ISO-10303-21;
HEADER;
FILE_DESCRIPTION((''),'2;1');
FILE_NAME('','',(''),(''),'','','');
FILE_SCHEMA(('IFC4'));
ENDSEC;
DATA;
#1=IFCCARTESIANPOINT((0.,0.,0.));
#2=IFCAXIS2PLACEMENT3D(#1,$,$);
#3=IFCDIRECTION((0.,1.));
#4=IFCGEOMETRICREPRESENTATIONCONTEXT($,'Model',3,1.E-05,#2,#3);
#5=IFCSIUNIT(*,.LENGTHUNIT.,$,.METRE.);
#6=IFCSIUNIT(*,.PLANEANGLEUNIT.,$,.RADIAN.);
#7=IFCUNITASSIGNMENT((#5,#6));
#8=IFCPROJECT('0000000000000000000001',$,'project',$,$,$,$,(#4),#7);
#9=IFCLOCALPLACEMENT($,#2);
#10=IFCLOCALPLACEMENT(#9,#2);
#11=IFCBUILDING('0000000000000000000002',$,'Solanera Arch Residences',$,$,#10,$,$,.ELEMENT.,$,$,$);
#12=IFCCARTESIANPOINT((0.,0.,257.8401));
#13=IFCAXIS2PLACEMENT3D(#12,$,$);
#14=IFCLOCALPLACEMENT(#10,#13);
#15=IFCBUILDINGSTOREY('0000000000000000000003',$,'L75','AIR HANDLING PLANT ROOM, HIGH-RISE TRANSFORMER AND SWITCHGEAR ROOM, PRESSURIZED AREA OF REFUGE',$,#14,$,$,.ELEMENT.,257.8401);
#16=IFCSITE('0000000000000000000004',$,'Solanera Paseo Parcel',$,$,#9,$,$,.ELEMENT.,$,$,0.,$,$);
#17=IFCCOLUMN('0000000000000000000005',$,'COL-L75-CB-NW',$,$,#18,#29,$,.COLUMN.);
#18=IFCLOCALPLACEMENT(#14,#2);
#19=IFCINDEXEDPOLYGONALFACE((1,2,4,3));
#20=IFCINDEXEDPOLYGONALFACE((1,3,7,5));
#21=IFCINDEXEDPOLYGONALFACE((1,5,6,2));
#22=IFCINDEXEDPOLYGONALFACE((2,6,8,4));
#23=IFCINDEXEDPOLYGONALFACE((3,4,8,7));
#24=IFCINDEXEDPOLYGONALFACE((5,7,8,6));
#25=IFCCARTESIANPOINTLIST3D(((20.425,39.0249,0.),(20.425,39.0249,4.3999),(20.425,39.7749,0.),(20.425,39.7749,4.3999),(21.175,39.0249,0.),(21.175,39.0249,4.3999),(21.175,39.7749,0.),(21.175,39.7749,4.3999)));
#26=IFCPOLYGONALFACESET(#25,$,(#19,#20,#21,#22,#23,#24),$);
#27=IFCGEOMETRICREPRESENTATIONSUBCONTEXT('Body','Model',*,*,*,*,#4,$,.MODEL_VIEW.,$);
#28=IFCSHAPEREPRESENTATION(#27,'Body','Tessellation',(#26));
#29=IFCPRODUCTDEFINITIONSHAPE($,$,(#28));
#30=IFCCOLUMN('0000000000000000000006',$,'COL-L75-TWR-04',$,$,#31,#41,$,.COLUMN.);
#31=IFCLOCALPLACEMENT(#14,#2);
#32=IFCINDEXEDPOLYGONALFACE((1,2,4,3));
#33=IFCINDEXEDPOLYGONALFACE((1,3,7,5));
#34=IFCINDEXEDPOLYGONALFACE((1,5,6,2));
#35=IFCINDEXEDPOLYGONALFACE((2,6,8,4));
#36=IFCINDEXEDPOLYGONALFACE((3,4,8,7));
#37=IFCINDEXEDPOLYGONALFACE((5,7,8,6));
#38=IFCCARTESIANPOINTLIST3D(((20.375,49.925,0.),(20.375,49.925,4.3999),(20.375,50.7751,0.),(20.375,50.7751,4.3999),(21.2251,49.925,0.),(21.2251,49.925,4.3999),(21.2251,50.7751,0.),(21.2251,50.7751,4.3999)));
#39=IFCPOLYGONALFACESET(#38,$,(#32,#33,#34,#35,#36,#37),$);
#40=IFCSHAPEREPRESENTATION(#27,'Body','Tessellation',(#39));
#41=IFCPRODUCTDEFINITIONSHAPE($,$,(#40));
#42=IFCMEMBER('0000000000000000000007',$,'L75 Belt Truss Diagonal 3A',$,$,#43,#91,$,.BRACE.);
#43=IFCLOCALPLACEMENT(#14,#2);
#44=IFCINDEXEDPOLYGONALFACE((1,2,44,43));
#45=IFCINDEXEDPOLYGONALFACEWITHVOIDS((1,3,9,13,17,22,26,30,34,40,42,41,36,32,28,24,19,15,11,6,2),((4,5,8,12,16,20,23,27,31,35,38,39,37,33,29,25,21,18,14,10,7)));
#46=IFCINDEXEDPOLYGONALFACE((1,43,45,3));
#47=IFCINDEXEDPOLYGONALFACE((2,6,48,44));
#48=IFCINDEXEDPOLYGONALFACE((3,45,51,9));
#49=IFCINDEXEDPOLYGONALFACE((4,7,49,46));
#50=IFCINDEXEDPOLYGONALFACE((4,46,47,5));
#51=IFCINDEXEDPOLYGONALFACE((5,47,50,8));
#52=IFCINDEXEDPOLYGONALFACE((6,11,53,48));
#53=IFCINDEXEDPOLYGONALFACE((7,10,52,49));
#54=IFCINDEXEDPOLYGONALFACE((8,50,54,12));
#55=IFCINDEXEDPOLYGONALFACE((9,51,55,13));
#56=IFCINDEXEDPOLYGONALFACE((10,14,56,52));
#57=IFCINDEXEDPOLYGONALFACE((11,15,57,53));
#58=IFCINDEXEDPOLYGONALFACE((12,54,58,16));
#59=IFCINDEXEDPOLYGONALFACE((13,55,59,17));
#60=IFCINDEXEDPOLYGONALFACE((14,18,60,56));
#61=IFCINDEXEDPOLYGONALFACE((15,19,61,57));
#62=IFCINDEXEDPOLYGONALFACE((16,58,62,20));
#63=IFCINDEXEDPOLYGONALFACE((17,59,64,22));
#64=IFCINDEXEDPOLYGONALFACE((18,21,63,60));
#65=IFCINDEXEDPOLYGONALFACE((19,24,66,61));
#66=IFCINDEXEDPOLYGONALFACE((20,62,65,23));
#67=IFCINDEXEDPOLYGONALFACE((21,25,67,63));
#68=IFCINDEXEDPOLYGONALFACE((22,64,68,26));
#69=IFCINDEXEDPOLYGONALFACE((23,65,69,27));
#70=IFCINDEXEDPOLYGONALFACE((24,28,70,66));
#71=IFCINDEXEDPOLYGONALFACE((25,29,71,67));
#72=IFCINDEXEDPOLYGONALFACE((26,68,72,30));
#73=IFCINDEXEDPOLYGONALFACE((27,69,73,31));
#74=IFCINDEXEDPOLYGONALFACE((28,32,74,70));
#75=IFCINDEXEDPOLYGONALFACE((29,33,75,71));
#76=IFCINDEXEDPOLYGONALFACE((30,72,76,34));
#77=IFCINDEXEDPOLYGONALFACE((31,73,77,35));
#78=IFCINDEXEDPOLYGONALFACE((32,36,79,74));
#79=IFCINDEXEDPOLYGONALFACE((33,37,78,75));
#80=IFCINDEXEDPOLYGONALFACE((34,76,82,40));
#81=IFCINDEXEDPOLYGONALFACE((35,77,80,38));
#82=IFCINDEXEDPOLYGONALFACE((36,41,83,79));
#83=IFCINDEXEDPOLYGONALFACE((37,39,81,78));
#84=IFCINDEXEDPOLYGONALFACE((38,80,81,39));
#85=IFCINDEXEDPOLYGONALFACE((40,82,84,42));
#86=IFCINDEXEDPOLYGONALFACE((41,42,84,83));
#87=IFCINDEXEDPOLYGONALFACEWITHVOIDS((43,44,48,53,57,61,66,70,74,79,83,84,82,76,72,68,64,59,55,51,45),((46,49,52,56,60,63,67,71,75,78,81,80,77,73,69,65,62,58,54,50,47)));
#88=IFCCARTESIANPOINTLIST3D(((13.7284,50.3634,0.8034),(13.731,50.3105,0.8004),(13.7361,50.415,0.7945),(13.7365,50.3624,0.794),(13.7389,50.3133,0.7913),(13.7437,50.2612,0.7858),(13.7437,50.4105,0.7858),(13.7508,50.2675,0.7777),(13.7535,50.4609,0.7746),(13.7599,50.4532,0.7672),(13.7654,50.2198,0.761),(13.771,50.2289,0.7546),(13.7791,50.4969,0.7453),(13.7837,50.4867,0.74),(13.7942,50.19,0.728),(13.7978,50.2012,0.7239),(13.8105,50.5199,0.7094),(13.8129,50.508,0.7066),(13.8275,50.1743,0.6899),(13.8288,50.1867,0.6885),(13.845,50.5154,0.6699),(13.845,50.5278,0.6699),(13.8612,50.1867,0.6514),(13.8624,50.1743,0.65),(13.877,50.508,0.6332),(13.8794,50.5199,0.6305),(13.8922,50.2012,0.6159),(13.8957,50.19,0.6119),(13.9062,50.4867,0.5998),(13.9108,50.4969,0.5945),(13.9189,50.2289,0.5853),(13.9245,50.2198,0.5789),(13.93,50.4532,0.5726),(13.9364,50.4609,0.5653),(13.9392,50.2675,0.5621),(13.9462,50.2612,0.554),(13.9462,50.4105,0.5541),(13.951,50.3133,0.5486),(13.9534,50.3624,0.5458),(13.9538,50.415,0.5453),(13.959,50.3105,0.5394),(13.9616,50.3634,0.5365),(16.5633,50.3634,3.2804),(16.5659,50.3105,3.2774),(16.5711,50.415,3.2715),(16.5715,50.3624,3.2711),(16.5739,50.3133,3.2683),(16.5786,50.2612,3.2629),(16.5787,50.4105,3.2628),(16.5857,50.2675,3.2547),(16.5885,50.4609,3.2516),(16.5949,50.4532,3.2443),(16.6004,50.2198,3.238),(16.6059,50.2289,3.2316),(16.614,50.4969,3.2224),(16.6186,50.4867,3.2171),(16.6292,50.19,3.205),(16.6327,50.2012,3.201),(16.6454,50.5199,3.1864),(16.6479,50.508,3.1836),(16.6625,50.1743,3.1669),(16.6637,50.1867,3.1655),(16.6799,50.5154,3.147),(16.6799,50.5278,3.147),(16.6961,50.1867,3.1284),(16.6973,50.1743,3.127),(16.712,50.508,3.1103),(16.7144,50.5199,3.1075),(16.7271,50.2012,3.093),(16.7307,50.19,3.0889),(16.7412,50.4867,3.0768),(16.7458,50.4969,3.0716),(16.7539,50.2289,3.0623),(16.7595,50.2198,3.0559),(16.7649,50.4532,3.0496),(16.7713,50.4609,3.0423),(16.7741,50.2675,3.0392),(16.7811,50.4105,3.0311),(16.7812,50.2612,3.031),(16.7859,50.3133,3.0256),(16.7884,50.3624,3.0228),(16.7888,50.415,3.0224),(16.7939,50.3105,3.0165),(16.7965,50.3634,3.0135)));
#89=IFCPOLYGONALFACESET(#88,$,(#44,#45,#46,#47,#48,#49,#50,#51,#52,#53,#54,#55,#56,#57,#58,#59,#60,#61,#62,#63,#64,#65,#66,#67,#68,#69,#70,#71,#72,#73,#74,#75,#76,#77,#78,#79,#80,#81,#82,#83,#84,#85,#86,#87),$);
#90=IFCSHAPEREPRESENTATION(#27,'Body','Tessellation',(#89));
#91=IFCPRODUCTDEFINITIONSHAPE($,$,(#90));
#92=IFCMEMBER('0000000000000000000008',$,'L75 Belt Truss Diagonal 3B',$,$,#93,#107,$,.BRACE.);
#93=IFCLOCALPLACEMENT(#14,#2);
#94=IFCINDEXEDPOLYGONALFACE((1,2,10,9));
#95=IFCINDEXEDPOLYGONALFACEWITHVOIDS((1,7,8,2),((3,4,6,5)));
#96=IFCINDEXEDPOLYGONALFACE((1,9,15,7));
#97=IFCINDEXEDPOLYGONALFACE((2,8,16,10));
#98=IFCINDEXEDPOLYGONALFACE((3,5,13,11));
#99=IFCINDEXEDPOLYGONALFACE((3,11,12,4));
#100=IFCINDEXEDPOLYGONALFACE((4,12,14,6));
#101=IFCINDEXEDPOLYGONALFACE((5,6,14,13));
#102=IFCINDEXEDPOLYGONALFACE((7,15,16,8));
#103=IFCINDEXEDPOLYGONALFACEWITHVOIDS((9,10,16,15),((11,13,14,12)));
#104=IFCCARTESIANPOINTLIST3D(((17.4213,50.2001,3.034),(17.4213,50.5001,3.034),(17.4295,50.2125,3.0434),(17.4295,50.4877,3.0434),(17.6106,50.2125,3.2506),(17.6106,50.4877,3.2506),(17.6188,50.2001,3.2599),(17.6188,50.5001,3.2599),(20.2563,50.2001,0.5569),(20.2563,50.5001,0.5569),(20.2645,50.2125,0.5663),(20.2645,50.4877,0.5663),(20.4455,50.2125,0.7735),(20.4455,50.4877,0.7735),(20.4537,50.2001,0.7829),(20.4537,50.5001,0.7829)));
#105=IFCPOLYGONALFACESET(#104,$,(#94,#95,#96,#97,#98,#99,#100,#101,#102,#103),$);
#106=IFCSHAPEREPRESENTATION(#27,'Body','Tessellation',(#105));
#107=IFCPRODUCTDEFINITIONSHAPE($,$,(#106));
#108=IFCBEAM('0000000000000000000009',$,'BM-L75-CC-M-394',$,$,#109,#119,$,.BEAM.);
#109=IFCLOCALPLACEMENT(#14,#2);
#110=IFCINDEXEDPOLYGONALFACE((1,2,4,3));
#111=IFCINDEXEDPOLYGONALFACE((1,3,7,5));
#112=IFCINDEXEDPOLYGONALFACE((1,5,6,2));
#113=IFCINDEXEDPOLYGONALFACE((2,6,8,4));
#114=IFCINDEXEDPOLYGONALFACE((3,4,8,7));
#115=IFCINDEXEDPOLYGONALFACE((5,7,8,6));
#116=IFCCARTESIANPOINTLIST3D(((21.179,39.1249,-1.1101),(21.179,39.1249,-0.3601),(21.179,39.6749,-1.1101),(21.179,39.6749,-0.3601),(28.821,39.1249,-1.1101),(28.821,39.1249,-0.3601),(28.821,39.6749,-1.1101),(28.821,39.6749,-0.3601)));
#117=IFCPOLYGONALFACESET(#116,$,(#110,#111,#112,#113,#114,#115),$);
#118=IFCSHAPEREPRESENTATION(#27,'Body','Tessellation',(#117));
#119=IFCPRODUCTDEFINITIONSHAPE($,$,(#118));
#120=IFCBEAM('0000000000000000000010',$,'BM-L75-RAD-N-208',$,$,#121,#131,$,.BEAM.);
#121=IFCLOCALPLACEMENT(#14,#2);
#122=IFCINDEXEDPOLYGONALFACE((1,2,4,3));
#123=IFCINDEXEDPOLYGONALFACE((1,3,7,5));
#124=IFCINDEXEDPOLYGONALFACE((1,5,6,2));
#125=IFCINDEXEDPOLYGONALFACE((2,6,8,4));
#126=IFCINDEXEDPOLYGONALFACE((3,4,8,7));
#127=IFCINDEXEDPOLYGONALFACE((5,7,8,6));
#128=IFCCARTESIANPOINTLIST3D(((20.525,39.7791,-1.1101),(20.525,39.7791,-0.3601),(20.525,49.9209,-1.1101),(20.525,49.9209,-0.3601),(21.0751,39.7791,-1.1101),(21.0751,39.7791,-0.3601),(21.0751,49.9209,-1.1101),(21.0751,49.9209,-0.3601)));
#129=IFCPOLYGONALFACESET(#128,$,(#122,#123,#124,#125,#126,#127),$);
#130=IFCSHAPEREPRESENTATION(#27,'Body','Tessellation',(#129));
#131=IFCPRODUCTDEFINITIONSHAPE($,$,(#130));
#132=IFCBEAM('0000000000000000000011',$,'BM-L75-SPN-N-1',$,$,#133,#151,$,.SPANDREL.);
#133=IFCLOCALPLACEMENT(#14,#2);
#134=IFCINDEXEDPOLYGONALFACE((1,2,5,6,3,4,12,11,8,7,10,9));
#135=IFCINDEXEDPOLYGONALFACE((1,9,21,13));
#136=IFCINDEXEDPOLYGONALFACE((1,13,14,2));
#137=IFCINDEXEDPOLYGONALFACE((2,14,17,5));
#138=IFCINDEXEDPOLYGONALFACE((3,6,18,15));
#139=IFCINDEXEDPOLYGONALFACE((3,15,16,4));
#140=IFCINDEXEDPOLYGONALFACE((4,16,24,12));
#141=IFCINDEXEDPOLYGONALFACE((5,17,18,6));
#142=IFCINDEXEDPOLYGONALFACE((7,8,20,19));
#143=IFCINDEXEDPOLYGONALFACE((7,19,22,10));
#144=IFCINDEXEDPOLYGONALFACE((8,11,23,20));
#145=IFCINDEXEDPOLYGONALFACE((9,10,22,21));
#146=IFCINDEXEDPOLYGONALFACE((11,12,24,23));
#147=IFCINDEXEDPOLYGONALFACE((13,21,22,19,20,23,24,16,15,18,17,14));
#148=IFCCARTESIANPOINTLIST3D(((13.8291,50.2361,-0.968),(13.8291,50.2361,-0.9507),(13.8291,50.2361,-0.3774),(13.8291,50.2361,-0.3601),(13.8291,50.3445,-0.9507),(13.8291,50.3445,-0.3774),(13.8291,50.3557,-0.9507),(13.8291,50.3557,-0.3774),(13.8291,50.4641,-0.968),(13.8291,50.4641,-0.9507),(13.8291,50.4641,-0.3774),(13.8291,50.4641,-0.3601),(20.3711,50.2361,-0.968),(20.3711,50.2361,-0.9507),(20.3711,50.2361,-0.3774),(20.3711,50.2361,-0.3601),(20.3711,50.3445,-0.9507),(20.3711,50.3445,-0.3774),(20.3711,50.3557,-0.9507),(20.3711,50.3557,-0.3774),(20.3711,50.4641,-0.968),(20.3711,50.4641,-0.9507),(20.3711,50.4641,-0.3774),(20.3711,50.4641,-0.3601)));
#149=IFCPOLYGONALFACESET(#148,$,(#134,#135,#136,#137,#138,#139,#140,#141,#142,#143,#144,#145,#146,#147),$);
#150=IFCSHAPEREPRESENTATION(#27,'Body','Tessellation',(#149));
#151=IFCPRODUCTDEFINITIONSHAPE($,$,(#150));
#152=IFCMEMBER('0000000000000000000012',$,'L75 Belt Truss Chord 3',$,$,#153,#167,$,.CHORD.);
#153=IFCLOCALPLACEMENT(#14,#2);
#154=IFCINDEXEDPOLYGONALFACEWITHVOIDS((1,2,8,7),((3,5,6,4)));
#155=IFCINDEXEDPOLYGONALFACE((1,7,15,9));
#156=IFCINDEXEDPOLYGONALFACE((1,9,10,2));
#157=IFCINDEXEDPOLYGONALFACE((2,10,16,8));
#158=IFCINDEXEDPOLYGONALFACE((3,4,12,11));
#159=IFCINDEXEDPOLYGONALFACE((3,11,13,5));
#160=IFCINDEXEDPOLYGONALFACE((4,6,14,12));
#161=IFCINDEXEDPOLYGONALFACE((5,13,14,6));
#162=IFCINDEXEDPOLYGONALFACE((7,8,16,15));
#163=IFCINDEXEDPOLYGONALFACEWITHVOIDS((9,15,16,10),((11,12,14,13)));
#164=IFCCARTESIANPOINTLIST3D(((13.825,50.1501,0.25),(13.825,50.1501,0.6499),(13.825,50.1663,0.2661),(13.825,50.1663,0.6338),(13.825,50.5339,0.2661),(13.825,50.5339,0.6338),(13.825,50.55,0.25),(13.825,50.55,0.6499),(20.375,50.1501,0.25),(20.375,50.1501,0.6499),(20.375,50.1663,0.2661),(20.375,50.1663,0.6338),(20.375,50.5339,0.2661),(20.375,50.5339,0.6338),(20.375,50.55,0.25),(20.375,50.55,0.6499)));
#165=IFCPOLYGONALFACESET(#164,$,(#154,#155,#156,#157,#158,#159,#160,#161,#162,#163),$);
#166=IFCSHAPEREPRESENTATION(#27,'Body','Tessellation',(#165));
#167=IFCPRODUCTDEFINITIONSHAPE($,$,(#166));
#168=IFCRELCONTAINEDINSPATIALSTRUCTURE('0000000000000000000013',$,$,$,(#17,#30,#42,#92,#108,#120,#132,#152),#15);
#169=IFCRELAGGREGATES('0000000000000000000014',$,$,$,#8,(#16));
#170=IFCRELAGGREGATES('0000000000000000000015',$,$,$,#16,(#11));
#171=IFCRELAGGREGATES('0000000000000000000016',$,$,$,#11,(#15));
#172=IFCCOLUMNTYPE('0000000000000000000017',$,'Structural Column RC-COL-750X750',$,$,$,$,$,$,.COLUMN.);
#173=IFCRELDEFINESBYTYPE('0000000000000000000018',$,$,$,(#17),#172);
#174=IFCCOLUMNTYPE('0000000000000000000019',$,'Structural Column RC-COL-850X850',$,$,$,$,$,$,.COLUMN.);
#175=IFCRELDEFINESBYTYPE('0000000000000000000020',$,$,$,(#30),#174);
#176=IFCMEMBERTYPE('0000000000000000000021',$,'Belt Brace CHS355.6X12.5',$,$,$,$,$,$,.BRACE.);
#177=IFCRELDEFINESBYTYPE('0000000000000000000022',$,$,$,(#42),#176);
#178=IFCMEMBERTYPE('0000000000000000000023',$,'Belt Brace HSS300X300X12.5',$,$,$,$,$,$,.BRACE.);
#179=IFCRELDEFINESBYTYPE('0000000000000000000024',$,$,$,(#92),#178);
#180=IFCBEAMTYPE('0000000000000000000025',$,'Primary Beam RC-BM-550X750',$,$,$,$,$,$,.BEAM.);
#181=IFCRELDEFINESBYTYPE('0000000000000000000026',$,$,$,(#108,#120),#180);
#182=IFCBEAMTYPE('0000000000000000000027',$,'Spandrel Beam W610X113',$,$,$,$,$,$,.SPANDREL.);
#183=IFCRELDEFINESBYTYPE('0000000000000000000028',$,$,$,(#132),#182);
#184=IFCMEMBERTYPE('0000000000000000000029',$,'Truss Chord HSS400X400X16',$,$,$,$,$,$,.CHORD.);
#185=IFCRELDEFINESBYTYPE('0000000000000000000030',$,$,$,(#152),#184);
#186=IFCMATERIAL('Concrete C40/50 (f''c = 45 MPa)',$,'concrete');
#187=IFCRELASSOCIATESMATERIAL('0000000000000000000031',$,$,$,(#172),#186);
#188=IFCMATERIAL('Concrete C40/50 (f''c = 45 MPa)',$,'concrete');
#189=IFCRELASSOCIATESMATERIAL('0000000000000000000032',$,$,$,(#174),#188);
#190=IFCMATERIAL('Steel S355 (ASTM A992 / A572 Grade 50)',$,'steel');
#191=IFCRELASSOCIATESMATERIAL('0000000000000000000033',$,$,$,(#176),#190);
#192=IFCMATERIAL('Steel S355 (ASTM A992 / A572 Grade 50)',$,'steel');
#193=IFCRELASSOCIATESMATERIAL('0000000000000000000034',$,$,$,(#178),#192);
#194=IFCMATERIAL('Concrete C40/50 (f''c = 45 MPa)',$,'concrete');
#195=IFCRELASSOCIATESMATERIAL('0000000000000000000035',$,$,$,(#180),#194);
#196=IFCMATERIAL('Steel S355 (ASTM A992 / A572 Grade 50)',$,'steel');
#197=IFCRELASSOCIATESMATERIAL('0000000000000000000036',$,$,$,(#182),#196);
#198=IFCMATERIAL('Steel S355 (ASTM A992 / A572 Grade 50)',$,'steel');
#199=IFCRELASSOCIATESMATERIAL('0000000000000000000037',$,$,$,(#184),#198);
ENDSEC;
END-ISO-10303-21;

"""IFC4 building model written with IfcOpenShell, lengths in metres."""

from ifc_helpers import new_model, si_unit, direction, frame, origin, origin_2d, place, context, subcontext, project, spatial, rectangle, hollow_rectangle, hollow_circle, i_section, extrude, material, material_profile, profile_set, type_object, element, save


model = new_model("IFC4")

# Units and contexts
model_context = context("Model", 3, precision=1e-05, world=origin(), true_north=direction((0.0, 1.0)))
body_context = subcontext(model_context, "Body", "Model", "MODEL_VIEW")
ifc_project = project(units=[si_unit("LENGTHUNIT", "METRE"), si_unit("PLANEANGLEUNIT", "RADIAN")], contexts=[model_context])

# Site, building, storey
site_placement = place(None, origin())
site = spatial("IfcSite", under=ifc_project, at=site_placement, Name="Solanera Paseo Parcel", CompositionType="ELEMENT", RefElevation=0.0)
building_placement = place(site_placement, origin())
building = spatial("IfcBuilding", under=site, at=building_placement, Name="Solanera Arch Residences", CompositionType="ELEMENT")
storey_placement = place(building_placement, frame((0.0, 0.0, 257.8401)))
storey = spatial("IfcBuildingStorey", under=building, at=storey_placement, Name="L75", Description="AIR HANDLING PLANT ROOM, HIGH-RISE TRANSFORMER AND SWITCHGEAR ROOM, PRESSURIZED AREA OF REFUGE", CompositionType="ELEMENT", Elevation=257.8401)

# Columns
ifc_material_1 = material(Name="Concrete C40/50 (f'c = 45 MPa)", Category="concrete")
ifc_material_profile_1 = material_profile(ifc_material_1, rectangle(XDim=0.75, YDim=0.75, at=origin_2d()))
ifc_profile_set_1 = profile_set([ifc_material_profile_1], Name="Concrete C40/50 (f'c = 45 MPa)")
column_type_1 = type_object("IfcColumnType", Name="Structural Column RC-COL-750X750", PredefinedType="COLUMN", material=ifc_profile_set_1)
column_1_placement = place(storey_placement, frame((20.8, 39.3999, 0.0), z_axis=(0.0, 0.0, 1.0), x_axis=(1.0, 0.0, 0.0)))
element("IfcColumn", 1, at=column_1_placement, inside=storey, type_object=column_type_1, Name="COL-L75-CB-NW", PredefinedType="COLUMN", context=body_context, shape_type="SweptSolid", body=[
    extrude(rectangle(XDim=0.75, YDim=0.75, at=origin_2d()), origin(), (0.0, 0.0, 1.0), 4.3999),
])
ifc_material_2 = material(Name="Concrete C40/50 (f'c = 45 MPa)", Category="concrete")
ifc_material_profile_2 = material_profile(ifc_material_2, rectangle(XDim=0.8501, YDim=0.8501, at=origin_2d()))
ifc_profile_set_2 = profile_set([ifc_material_profile_2], Name="Concrete C40/50 (f'c = 45 MPa)")
column_type_2 = type_object("IfcColumnType", Name="Structural Column RC-COL-850X850", PredefinedType="COLUMN", material=ifc_profile_set_2)
column_2_placement = place(storey_placement, frame((20.8, 50.3501, 0.0), z_axis=(0.0, 0.0, 1.0), x_axis=(1.0, 0.0, 0.0)))
element("IfcColumn", 2, at=column_2_placement, inside=storey, type_object=column_type_2, Name="COL-L75-TWR-04", PredefinedType="COLUMN", context=body_context, shape_type="SweptSolid", body=[
    extrude(rectangle(XDim=0.8501, YDim=0.8501, at=origin_2d()), origin(), (0.0, 0.0, 1.0), 4.3999),
])

# Members
ifc_material_3 = material(Name="Steel S355 (ASTM A992 / A572 Grade 50)", Category="steel")
ifc_material_profile_3 = material_profile(ifc_material_3, hollow_circle(Radius=0.1777, WallThickness=0.0125, at=origin_2d()))
ifc_profile_set_3 = profile_set([ifc_material_profile_3], Name="Steel S355 (ASTM A992 / A572 Grade 50)")
member_type_1 = type_object("IfcMemberType", Name="Belt Brace CHS355.6X12.5", PredefinedType="BRACE", material=ifc_profile_set_3)
member_1_placement = place(storey_placement, frame((13.845, 50.3501, 0.6699), z_axis=(0.753043, 0.0, 0.657972), x_axis=(0.0, 1.0, 0.0)))
element("IfcMember", 3, at=member_1_placement, inside=storey, type_object=member_type_1, Name="L75 Belt Truss Diagonal 3A", PredefinedType="BRACE", context=body_context, shape_type="SweptSolid", body=[
    extrude(hollow_circle(Radius=0.1777, WallThickness=0.0125, at=origin_2d()), origin(), (0.0, 0.0, 1.0), 3.7646),
])
ifc_material_4 = material(Name="Steel S355 (ASTM A992 / A572 Grade 50)", Category="steel")
ifc_material_profile_4 = material_profile(ifc_material_4, hollow_rectangle(XDim=0.3, YDim=0.3, WallThickness=0.0125, at=origin_2d()))
ifc_profile_set_4 = profile_set([ifc_material_profile_4], Name="Steel S355 (ASTM A992 / A572 Grade 50)")
member_type_2 = type_object("IfcMemberType", Name="Belt Brace HSS300X300X12.5", PredefinedType="BRACE", material=ifc_profile_set_4)
member_2_placement = place(storey_placement, frame((20.355, 50.3501, 0.6699), z_axis=(-0.753043, 0.0, 0.657972), x_axis=(0.0, -1.0, 0.0)))
element("IfcMember", 4, at=member_2_placement, inside=storey, type_object=member_type_2, Name="L75 Belt Truss Diagonal 3B", PredefinedType="BRACE", context=body_context, shape_type="SweptSolid", body=[
    extrude(hollow_rectangle(XDim=0.3, YDim=0.3, WallThickness=0.0125, at=origin_2d()), origin(), (0.0, 0.0, 1.0), 3.7646),
])

# Beams
ifc_material_5 = material(Name="Concrete C40/50 (f'c = 45 MPa)", Category="concrete")
ifc_material_profile_5 = material_profile(ifc_material_5, rectangle(XDim=0.55, YDim=0.75, at=origin_2d()))
ifc_profile_set_5 = profile_set([ifc_material_profile_5], Name="Concrete C40/50 (f'c = 45 MPa)")
beam_type_1 = type_object("IfcBeamType", Name="Primary Beam RC-BM-550X750", PredefinedType="BEAM", material=ifc_profile_set_5)
beam_1_placement = place(storey_placement, frame((21.179, 39.3999, -0.7351), z_axis=(1.0, 0.0, 0.0), x_axis=(0.0, 1.0, 0.0)))
element("IfcBeam", 5, at=beam_1_placement, inside=storey, type_object=beam_type_1, Name="BM-L75-CC-M-394", PredefinedType="BEAM", context=body_context, shape_type="SweptSolid", body=[
    extrude(rectangle(XDim=0.55, YDim=0.75, at=origin_2d()), origin(), (0.0, 0.0, 1.0), 7.6421),
])
beam_2_placement = place(storey_placement, frame((20.8, 39.7791, -0.7351), z_axis=(0.0, 1.0, 0.0), x_axis=(-1.0, 0.0, 0.0)))
element("IfcBeam", 6, at=beam_2_placement, inside=storey, type_object=beam_type_1, Name="BM-L75-RAD-N-208", PredefinedType="BEAM", context=body_context, shape_type="SweptSolid", body=[
    extrude(rectangle(XDim=0.55, YDim=0.75, at=origin_2d()), origin(), (0.0, 0.0, 1.0), 10.1418),
])
ifc_material_6 = material(Name="Steel S355 (ASTM A992 / A572 Grade 50)", Category="steel")
ifc_material_profile_6 = material_profile(ifc_material_6, i_section(OverallWidth=0.228, OverallDepth=0.6079, WebThickness=0.0112, FlangeThickness=0.0173, at=origin_2d()))
ifc_profile_set_6 = profile_set([ifc_material_profile_6], Name="Steel S355 (ASTM A992 / A572 Grade 50)")
beam_type_2 = type_object("IfcBeamType", Name="Spandrel Beam W610X113", PredefinedType="SPANDREL", material=ifc_profile_set_6)
beam_3_placement = place(storey_placement, frame((13.8291, 50.3501, -0.6641), z_axis=(1.0, 0.0, 0.0), x_axis=(0.0, 1.0, 0.0)))
element("IfcBeam", 7, at=beam_3_placement, inside=storey, type_object=beam_type_2, Name="BM-L75-SPN-N-1", PredefinedType="SPANDREL", context=body_context, shape_type="SweptSolid", body=[
    extrude(i_section(OverallWidth=0.228, OverallDepth=0.6079, WebThickness=0.0112, FlangeThickness=0.0173, at=origin_2d()), origin(), (0.0, 0.0, 1.0), 6.542),
])

# Member
ifc_material_7 = material(Name="Steel S355 (ASTM A992 / A572 Grade 50)", Category="steel")
ifc_material_profile_7 = material_profile(ifc_material_7, hollow_rectangle(XDim=0.3999, YDim=0.3999, WallThickness=0.0161, at=origin_2d()))
ifc_profile_set_7 = profile_set([ifc_material_profile_7], Name="Steel S355 (ASTM A992 / A572 Grade 50)")
member_type_3 = type_object("IfcMemberType", Name="Truss Chord HSS400X400X16", PredefinedType="CHORD", material=ifc_profile_set_7)
member_3_placement = place(storey_placement, frame((13.825, 50.3501, 0.45), z_axis=(1.0, 0.0, 0.0), x_axis=(0.0, 1.0, 0.0)))
element("IfcMember", 8, at=member_3_placement, inside=storey, type_object=member_type_3, Name="L75 Belt Truss Chord 3", PredefinedType="CHORD", context=body_context, shape_type="SweptSolid", body=[
    extrude(hollow_rectangle(XDim=0.3999, YDim=0.3999, WallThickness=0.0161, at=origin_2d()), origin(), (0.0, 0.0, 1.0), 6.55),
])

save(model, "model.ifc")
